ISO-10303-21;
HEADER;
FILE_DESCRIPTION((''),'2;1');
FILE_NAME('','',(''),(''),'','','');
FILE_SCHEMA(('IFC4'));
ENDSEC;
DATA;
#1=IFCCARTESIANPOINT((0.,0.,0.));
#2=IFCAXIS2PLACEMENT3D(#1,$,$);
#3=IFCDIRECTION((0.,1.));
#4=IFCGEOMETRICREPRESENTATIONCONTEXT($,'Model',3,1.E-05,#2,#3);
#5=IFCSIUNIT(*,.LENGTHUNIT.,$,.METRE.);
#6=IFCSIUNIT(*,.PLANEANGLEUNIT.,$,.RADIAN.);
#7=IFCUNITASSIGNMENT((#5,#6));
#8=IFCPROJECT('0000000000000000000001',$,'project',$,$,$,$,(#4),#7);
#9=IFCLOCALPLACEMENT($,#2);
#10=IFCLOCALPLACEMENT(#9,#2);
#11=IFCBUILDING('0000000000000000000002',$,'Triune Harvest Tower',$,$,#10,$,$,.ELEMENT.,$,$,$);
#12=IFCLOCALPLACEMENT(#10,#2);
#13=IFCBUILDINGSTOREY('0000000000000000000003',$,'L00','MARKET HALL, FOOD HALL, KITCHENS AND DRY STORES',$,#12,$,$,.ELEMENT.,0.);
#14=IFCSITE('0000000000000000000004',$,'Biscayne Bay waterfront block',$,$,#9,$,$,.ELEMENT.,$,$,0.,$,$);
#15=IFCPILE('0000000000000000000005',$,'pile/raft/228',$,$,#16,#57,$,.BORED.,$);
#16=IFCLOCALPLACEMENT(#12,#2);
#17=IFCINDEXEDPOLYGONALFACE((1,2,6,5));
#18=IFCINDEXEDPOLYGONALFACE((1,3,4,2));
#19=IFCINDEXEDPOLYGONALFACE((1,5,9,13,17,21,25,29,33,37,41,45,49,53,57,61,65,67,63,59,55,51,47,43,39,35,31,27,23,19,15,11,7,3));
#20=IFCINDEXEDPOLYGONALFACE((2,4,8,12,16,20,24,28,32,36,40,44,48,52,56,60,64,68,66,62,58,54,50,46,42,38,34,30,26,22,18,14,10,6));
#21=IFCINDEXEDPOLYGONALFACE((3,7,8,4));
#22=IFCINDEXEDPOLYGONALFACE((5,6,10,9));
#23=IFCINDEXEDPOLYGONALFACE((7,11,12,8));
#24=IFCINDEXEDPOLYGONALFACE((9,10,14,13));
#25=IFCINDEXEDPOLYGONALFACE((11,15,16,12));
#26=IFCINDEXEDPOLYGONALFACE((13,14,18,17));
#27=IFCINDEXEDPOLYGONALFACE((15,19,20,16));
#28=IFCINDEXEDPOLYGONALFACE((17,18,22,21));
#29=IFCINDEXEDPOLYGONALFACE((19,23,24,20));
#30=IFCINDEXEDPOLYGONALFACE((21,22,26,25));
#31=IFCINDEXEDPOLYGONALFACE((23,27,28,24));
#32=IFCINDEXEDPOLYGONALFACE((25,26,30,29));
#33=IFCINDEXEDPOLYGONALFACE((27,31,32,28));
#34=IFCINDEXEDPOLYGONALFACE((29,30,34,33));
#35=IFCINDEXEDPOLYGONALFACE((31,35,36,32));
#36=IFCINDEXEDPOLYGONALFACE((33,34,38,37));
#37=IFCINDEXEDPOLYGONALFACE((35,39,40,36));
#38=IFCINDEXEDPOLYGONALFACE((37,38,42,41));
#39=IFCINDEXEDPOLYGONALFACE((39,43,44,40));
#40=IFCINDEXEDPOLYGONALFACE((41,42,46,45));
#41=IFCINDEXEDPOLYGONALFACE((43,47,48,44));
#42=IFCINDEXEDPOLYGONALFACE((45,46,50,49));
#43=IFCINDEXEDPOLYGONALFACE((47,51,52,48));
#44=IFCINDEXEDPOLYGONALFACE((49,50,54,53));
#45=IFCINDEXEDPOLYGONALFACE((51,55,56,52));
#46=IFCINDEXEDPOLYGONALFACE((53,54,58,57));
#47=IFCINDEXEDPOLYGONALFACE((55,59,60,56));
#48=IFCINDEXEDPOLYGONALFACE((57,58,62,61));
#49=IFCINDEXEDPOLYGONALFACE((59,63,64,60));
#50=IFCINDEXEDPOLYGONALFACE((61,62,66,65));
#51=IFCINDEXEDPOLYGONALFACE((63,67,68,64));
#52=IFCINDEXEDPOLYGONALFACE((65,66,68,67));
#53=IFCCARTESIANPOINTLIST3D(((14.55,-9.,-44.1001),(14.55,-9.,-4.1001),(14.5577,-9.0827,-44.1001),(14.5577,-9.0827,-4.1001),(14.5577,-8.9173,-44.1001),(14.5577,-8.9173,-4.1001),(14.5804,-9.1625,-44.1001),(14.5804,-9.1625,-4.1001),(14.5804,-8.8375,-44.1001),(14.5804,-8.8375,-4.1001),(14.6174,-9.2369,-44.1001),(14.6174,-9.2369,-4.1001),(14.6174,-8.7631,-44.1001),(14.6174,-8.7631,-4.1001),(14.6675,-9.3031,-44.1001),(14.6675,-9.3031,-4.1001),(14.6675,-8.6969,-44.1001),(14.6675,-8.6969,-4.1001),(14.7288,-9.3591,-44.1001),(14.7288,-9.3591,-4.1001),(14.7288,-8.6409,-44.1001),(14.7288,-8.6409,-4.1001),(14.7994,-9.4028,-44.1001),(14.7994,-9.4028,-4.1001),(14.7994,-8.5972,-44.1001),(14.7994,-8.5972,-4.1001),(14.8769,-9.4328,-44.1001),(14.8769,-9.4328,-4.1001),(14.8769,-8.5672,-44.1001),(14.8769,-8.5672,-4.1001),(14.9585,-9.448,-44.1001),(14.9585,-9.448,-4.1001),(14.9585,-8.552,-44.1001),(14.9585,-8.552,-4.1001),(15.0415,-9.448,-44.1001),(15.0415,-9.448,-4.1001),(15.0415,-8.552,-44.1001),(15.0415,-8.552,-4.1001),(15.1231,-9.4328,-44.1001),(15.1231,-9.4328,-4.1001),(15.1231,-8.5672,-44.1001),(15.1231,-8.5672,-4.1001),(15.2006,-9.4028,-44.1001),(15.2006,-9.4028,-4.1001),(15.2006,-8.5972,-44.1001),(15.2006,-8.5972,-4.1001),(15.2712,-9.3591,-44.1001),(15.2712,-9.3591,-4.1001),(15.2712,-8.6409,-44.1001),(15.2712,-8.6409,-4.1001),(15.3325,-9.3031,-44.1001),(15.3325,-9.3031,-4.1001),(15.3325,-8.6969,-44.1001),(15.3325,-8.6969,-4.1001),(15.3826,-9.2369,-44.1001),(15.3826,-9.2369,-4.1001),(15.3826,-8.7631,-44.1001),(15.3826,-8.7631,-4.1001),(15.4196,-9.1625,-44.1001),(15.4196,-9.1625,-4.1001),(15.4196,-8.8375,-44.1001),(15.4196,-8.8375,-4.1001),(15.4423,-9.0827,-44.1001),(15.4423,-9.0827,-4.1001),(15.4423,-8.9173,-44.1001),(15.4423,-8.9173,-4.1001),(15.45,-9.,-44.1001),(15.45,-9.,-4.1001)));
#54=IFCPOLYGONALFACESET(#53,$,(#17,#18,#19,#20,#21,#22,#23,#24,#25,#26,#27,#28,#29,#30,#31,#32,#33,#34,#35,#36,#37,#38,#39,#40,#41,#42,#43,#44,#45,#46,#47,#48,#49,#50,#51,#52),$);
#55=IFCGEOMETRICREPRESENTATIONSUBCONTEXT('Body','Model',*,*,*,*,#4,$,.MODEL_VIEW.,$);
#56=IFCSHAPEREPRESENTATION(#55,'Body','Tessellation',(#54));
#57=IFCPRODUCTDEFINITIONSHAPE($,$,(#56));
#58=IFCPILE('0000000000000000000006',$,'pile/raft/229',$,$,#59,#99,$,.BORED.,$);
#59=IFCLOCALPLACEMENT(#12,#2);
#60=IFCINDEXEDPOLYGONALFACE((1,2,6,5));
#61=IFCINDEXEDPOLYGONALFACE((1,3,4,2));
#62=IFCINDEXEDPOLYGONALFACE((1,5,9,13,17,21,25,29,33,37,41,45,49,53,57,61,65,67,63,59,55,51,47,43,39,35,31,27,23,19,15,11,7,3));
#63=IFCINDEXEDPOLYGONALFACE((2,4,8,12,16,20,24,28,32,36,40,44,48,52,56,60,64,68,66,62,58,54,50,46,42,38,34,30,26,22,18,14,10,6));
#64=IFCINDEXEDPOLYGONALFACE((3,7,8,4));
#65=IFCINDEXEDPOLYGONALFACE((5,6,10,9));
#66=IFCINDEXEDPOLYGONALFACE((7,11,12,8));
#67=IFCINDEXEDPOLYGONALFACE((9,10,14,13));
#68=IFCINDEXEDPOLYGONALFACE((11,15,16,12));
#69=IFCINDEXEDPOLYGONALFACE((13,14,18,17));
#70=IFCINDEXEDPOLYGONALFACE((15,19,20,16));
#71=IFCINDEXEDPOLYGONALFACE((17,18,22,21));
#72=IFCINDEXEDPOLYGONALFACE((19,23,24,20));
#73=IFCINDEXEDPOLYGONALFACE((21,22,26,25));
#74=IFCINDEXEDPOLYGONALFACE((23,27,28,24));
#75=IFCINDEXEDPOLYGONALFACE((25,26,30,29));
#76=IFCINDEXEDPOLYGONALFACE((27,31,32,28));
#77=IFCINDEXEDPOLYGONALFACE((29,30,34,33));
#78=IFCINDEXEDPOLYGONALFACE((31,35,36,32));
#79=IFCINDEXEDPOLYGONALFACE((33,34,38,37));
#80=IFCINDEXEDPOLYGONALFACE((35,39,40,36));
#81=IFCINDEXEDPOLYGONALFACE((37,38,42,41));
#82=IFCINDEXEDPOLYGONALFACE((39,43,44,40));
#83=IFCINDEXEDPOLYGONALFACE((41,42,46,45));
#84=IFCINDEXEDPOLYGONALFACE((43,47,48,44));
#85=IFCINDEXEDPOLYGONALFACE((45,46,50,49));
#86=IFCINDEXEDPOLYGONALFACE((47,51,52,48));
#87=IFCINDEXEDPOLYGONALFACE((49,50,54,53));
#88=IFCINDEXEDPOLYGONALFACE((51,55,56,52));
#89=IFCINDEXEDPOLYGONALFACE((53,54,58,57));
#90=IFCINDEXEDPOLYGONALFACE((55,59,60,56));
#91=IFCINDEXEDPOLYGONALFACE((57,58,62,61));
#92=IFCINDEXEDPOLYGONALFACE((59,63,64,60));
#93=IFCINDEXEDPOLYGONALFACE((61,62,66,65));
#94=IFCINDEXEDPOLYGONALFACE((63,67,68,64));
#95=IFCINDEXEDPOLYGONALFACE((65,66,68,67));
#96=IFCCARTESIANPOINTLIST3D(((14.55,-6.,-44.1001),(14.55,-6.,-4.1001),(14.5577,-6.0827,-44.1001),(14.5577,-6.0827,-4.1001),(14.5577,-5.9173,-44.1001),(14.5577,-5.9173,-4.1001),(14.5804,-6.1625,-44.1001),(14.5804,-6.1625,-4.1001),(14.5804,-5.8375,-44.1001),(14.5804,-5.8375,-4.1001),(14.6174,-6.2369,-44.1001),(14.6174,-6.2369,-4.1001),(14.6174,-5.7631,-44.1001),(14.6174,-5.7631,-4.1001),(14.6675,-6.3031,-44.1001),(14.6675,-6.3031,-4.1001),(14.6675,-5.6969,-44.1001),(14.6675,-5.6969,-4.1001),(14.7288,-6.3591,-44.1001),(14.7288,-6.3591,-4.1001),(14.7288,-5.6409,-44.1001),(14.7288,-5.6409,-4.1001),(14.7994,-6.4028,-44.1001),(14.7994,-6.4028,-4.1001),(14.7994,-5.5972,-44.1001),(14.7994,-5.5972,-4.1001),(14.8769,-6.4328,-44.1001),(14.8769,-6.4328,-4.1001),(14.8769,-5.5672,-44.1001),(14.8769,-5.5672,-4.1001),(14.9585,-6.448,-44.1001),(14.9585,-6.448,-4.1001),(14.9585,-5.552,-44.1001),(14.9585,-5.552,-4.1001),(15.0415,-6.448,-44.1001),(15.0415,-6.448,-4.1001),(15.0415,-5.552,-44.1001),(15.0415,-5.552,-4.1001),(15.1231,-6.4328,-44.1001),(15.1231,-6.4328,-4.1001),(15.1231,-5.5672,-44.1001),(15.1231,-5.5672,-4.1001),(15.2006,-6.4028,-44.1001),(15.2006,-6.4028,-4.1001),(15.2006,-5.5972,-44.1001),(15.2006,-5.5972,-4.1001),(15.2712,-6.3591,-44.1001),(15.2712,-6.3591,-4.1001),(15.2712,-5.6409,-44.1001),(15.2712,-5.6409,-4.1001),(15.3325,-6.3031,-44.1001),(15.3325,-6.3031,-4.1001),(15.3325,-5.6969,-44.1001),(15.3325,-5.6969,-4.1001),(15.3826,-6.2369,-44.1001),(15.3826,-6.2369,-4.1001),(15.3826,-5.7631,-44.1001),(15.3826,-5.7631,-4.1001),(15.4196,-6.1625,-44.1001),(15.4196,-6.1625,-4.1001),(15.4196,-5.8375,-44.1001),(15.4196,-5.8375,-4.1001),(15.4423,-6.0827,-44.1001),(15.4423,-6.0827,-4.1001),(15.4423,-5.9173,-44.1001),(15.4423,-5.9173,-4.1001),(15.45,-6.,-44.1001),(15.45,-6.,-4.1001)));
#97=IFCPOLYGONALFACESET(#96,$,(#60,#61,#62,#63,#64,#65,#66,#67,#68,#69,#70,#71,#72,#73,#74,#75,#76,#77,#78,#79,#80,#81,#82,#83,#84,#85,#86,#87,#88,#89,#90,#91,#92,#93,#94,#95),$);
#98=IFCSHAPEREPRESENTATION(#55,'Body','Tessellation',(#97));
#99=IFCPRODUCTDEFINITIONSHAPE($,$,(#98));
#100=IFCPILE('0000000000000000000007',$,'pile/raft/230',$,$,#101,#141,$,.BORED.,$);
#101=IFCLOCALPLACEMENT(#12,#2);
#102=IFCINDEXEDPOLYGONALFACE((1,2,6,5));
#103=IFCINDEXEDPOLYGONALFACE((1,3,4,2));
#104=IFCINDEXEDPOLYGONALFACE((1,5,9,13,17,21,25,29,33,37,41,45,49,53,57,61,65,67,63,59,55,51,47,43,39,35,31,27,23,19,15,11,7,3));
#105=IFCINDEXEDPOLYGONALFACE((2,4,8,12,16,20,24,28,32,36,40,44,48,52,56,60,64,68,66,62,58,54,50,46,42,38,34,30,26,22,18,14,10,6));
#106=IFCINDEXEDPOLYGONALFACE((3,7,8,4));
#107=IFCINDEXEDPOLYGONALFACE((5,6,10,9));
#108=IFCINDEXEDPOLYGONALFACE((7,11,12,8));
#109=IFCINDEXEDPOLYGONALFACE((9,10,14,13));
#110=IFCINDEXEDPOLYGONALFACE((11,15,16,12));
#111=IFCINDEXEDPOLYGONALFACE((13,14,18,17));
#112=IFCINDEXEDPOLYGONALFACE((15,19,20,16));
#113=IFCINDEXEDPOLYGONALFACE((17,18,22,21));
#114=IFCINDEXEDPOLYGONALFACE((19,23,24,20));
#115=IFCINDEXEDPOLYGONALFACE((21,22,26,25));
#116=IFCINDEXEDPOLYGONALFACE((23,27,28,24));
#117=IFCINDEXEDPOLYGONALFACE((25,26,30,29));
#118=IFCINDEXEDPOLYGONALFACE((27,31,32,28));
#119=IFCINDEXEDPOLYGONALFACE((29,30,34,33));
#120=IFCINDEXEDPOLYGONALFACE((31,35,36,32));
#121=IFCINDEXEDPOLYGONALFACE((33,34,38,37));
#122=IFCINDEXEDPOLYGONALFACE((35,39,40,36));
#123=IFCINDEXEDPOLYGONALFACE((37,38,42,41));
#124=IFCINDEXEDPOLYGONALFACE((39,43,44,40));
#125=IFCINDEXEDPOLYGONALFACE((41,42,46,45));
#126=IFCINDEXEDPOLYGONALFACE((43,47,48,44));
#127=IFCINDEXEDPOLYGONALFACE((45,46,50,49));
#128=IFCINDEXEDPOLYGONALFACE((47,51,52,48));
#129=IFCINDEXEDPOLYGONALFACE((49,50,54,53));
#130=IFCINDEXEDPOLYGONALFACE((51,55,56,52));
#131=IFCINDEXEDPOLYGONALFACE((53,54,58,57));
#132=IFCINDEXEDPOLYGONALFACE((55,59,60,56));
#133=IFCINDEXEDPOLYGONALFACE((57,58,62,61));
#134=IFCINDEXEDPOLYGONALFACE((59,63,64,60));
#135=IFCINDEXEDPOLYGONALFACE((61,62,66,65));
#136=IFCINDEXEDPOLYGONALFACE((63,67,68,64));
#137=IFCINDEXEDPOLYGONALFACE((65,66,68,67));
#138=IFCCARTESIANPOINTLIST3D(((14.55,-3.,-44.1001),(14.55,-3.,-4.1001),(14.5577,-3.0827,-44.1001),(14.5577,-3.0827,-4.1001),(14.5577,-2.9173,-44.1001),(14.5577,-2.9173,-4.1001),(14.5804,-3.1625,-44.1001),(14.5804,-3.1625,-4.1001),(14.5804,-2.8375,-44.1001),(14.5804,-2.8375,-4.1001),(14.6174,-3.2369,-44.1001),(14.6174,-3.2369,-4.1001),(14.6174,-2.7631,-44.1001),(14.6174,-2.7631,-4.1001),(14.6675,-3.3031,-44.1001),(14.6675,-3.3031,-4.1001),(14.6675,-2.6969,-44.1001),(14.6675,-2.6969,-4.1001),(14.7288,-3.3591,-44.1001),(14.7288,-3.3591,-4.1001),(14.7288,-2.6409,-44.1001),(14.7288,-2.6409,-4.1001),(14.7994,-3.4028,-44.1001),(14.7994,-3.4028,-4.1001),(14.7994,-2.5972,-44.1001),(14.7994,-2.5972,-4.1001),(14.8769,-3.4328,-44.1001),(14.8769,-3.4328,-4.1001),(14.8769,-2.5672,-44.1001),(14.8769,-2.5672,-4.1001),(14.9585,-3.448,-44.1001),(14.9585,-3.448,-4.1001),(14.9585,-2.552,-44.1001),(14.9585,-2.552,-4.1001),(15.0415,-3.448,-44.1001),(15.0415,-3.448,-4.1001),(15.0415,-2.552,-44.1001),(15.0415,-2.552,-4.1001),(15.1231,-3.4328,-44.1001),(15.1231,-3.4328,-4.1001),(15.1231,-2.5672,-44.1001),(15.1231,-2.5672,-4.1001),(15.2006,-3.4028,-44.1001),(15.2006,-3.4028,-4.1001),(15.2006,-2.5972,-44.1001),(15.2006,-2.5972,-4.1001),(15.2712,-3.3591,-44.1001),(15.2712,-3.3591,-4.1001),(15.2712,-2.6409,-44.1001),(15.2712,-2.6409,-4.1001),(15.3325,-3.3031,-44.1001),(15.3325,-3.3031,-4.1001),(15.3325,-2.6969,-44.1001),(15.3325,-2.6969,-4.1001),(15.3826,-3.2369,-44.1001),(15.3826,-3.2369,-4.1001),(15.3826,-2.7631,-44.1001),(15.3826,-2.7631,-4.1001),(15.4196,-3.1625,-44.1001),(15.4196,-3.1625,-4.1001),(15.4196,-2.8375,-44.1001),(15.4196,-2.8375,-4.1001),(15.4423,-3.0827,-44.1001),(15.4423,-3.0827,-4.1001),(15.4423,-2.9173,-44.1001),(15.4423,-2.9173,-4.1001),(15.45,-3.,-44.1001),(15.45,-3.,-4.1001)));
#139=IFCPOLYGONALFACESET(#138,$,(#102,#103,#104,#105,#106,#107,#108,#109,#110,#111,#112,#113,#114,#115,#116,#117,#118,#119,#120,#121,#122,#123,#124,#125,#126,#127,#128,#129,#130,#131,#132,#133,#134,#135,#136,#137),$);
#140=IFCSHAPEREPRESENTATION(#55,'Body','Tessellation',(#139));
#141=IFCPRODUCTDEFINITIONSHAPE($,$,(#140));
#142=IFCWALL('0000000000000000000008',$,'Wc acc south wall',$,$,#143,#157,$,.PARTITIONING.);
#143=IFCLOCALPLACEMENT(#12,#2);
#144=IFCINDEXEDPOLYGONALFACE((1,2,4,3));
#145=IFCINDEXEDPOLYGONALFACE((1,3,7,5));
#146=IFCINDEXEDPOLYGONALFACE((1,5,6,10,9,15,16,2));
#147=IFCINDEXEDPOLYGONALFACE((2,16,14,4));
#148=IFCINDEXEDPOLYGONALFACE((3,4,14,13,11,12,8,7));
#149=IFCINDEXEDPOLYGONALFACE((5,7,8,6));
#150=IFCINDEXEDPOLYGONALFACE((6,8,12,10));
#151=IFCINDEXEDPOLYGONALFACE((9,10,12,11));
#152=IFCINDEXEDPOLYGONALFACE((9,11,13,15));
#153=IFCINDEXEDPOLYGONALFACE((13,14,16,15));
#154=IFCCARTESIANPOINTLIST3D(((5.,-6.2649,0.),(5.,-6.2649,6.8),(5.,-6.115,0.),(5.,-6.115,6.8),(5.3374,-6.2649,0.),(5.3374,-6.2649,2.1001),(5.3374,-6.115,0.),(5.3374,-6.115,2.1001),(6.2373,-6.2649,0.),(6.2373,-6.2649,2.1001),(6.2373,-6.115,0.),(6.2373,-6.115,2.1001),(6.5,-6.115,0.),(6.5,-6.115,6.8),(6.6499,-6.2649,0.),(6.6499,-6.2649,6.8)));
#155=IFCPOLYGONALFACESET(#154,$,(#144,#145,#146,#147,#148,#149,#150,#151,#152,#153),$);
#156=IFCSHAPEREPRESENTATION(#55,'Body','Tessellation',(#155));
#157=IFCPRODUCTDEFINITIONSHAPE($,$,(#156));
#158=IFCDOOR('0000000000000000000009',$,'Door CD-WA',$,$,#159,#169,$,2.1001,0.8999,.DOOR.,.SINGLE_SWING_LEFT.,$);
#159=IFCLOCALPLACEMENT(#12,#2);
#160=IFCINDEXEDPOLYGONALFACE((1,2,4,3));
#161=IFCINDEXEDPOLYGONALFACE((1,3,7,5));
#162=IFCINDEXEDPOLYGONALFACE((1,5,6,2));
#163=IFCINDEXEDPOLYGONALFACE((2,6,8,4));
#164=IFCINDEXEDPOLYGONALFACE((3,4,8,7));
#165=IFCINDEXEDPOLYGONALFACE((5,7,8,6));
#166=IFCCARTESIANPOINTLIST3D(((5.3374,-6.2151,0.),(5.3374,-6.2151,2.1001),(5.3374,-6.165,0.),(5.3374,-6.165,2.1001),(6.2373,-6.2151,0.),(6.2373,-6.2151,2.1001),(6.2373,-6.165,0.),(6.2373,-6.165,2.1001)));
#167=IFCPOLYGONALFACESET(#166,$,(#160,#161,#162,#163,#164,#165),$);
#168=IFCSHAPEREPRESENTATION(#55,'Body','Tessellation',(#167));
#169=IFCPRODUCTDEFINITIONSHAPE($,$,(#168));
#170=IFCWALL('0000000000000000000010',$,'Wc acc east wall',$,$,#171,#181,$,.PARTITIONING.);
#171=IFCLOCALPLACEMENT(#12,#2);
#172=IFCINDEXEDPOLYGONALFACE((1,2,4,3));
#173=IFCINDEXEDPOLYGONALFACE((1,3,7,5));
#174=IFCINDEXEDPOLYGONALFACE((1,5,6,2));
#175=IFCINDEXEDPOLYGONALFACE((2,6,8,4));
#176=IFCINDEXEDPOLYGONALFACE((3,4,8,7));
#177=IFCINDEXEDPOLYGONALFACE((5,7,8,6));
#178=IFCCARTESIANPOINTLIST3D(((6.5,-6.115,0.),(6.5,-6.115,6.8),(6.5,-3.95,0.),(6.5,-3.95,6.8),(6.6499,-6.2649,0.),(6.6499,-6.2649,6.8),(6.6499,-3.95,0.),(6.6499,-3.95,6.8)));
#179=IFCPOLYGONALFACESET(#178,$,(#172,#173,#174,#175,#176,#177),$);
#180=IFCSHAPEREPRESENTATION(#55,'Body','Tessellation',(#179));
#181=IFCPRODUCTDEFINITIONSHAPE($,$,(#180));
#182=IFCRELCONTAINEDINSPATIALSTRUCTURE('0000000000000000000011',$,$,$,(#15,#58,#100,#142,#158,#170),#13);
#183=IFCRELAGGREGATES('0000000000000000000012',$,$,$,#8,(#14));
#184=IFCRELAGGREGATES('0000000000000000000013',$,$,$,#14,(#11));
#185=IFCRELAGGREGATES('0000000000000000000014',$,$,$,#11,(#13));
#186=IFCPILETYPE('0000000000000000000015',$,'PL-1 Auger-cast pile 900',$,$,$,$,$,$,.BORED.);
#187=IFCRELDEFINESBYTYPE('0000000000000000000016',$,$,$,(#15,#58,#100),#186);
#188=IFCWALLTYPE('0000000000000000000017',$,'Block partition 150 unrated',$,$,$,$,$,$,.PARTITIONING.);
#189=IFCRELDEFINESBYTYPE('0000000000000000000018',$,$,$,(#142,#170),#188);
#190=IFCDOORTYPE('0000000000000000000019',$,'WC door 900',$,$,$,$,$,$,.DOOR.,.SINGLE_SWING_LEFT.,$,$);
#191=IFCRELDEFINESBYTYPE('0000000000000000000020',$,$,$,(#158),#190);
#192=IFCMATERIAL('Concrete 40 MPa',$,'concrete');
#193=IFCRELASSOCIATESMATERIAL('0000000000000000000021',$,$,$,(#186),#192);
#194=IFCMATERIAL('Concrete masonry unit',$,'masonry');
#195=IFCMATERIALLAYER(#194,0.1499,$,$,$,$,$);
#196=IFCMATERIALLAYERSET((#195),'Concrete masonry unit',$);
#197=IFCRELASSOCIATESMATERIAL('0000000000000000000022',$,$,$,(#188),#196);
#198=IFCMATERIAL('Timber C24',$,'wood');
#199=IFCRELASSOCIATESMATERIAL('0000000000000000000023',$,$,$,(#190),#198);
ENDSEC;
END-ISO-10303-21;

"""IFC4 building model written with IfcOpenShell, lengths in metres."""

from ifc_helpers import new_model, si_unit, direction, frame, frame_2d, origin, origin_2d, place, context, subcontext, project, spatial, polyline, rectangle, circle, outline, extrude, source, transform, mapped, material, layer, layer_set, material_profile, profile_set, type_object, element, fill, save


model = new_model("IFC4")

# Units and contexts
model_context = context("Model", 3, precision=1e-05, world=origin(), true_north=direction((0.0, 1.0)))
body_context = subcontext(model_context, "Body", "Model", "MODEL_VIEW")
ifc_project = project(units=[si_unit("LENGTHUNIT", "METRE"), si_unit("PLANEANGLEUNIT", "RADIAN")], contexts=[model_context])

# Site, building, storey
site_placement = place(None, origin())
site = spatial("IfcSite", under=ifc_project, at=site_placement, Name="Biscayne Bay waterfront block", CompositionType="ELEMENT", RefElevation=0.0)
building_placement = place(site_placement, origin())
building = spatial("IfcBuilding", under=site, at=building_placement, Name="Triune Harvest Tower", CompositionType="ELEMENT")
storey_placement = place(building_placement, origin())
storey = spatial("IfcBuildingStorey", under=building, at=storey_placement, Name="L00", Description="MARKET HALL, FOOD HALL, KITCHENS AND DRY STORES", CompositionType="ELEMENT", Elevation=0.0)

# Piles
ifc_material_1 = material(Name="Concrete 40 MPa", Category="concrete")
ifc_material_profile = material_profile(ifc_material_1, circle(Radius=0.45, at=origin_2d()), Name="Bored 900")
ifc_profile_set = profile_set([ifc_material_profile], Name="Concrete 40 MPa")
pile_type = type_object("IfcPileType", Name="PL-1 Auger-cast pile 900", PredefinedType="BORED", material=ifc_profile_set)
shared_shape_1 = source(origin(), body_context, "Body", "SweptSolid", [
    extrude(circle(Radius=0.45, at=origin_2d()), origin(), (0.0, 0.0, 1.0), 40.0),
])
for number, where, z_axis, x_axis, name in (
    (1, (15.0, -9.0, -4.1001), (0.0, 0.0, -1.0), (1.0, 0.0, 0.0), "pile/raft/228"),
    (2, (15.0, -6.0, -4.1001), (0.0, 0.0, -1.0), (1.0, 0.0, 0.0), "pile/raft/229"),
    (3, (15.0, -3.0, -4.1001), (0.0, 0.0, -1.0), (1.0, 0.0, 0.0), "pile/raft/230"),
):
    element("IfcPile", number, at=place(storey_placement, frame(where, z_axis=z_axis, x_axis=x_axis)), inside=storey, type_object=pile_type, Name=name, PredefinedType="BORED", context=body_context, shape_type="MappedRepresentation", body=[
        mapped(shared_shape_1, transform((0.0, 0.0, 0.0), scale=1.0)),
    ])

# Wall, opening, door
ifc_material_2 = material(Name="Concrete masonry unit", Category="masonry")
ifc_layer_1 = layer(ifc_material_2, 0.1499)
ifc_layer_set_1 = layer_set([ifc_layer_1], Name="Concrete masonry unit")
wall_type_1 = type_object("IfcWallType", Name="Block partition 150 unrated", PredefinedType="PARTITIONING", material=ifc_layer_set_1)
wall_1_placement = place(storey_placement, frame((5.0, -6.1899, 0.0), z_axis=(0.0, 0.0, 1.0), x_axis=(1.0, 0.0, 0.0)))
wall_1 = element("IfcWall", 4, at=wall_1_placement, inside=storey, type_object=wall_type_1, Name="Wc acc south wall", PredefinedType="PARTITIONING", context=body_context, shape_type="SweptSolid", body=[
    extrude(outline(polyline([(0.0, -0.075), (1.6499, -0.075), (1.5, 0.075), (0.0, 0.075), (0.0, -0.075)])), origin(), (0.0, 0.0, 1.0), 6.8),
])
opening_1_placement = place(wall_1_placement, frame((0.3374, 0.0, 0.0)))
opening_1 = element("IfcOpeningElement", 5, at=opening_1_placement, cuts=wall_1, PredefinedType="OPENING", context=body_context, shape_type="SweptSolid", body=[
    extrude(rectangle(XDim=0.8999, YDim=2.1001, at=frame_2d((0.45, 1.05))), frame((0.0, 0.085, 0.0), z_axis=(0.0, -1.0, 0.0), x_axis=(1.0, 0.0, 0.0)), (0.0, 0.0, 1.0), 0.1699),
])
ifc_material_3 = material(Name="Timber C24", Category="wood")
door_type_1 = type_object("IfcDoorType", Name="WC door 900", OperationType="SINGLE_SWING_LEFT", PredefinedType="DOOR", material=ifc_material_3)
door_1_placement = place(opening_1_placement, origin())
door_1 = element("IfcDoor", 6, at=door_1_placement, inside=storey, type_object=door_type_1, Name="Door CD-WA", OperationType="SINGLE_SWING_LEFT", OverallHeight=2.1001, OverallWidth=0.8999, PredefinedType="DOOR", context=body_context, shape_type="SweptSolid", body=[
    extrude(rectangle(XDim=0.8999, YDim=2.1001, at=frame_2d((0.45, 1.05))), frame((0.0, 0.0249, 0.0), z_axis=(0.0, -1.0, 0.0), x_axis=(1.0, 0.0, 0.0)), (0.0, 0.0, 1.0), 0.05),
])
fill(opening_1, door_1)

# Wall
wall_2_placement = place(storey_placement, frame((6.575, -6.1899, 0.0), z_axis=(0.0, 0.0, 1.0), x_axis=(0.0, 1.0, 0.0)))
element("IfcWall", 7, at=wall_2_placement, inside=storey, type_object=wall_type_1, Name="Wc acc east wall", PredefinedType="PARTITIONING", context=body_context, shape_type="SweptSolid", body=[
    extrude(outline(polyline([(-0.075, -0.075), (2.24, -0.075), (2.24, 0.075), (0.075, 0.075), (-0.075, -0.075)])), origin(), (0.0, 0.0, 1.0), 6.8),
])

save(model, "model.ifc")
